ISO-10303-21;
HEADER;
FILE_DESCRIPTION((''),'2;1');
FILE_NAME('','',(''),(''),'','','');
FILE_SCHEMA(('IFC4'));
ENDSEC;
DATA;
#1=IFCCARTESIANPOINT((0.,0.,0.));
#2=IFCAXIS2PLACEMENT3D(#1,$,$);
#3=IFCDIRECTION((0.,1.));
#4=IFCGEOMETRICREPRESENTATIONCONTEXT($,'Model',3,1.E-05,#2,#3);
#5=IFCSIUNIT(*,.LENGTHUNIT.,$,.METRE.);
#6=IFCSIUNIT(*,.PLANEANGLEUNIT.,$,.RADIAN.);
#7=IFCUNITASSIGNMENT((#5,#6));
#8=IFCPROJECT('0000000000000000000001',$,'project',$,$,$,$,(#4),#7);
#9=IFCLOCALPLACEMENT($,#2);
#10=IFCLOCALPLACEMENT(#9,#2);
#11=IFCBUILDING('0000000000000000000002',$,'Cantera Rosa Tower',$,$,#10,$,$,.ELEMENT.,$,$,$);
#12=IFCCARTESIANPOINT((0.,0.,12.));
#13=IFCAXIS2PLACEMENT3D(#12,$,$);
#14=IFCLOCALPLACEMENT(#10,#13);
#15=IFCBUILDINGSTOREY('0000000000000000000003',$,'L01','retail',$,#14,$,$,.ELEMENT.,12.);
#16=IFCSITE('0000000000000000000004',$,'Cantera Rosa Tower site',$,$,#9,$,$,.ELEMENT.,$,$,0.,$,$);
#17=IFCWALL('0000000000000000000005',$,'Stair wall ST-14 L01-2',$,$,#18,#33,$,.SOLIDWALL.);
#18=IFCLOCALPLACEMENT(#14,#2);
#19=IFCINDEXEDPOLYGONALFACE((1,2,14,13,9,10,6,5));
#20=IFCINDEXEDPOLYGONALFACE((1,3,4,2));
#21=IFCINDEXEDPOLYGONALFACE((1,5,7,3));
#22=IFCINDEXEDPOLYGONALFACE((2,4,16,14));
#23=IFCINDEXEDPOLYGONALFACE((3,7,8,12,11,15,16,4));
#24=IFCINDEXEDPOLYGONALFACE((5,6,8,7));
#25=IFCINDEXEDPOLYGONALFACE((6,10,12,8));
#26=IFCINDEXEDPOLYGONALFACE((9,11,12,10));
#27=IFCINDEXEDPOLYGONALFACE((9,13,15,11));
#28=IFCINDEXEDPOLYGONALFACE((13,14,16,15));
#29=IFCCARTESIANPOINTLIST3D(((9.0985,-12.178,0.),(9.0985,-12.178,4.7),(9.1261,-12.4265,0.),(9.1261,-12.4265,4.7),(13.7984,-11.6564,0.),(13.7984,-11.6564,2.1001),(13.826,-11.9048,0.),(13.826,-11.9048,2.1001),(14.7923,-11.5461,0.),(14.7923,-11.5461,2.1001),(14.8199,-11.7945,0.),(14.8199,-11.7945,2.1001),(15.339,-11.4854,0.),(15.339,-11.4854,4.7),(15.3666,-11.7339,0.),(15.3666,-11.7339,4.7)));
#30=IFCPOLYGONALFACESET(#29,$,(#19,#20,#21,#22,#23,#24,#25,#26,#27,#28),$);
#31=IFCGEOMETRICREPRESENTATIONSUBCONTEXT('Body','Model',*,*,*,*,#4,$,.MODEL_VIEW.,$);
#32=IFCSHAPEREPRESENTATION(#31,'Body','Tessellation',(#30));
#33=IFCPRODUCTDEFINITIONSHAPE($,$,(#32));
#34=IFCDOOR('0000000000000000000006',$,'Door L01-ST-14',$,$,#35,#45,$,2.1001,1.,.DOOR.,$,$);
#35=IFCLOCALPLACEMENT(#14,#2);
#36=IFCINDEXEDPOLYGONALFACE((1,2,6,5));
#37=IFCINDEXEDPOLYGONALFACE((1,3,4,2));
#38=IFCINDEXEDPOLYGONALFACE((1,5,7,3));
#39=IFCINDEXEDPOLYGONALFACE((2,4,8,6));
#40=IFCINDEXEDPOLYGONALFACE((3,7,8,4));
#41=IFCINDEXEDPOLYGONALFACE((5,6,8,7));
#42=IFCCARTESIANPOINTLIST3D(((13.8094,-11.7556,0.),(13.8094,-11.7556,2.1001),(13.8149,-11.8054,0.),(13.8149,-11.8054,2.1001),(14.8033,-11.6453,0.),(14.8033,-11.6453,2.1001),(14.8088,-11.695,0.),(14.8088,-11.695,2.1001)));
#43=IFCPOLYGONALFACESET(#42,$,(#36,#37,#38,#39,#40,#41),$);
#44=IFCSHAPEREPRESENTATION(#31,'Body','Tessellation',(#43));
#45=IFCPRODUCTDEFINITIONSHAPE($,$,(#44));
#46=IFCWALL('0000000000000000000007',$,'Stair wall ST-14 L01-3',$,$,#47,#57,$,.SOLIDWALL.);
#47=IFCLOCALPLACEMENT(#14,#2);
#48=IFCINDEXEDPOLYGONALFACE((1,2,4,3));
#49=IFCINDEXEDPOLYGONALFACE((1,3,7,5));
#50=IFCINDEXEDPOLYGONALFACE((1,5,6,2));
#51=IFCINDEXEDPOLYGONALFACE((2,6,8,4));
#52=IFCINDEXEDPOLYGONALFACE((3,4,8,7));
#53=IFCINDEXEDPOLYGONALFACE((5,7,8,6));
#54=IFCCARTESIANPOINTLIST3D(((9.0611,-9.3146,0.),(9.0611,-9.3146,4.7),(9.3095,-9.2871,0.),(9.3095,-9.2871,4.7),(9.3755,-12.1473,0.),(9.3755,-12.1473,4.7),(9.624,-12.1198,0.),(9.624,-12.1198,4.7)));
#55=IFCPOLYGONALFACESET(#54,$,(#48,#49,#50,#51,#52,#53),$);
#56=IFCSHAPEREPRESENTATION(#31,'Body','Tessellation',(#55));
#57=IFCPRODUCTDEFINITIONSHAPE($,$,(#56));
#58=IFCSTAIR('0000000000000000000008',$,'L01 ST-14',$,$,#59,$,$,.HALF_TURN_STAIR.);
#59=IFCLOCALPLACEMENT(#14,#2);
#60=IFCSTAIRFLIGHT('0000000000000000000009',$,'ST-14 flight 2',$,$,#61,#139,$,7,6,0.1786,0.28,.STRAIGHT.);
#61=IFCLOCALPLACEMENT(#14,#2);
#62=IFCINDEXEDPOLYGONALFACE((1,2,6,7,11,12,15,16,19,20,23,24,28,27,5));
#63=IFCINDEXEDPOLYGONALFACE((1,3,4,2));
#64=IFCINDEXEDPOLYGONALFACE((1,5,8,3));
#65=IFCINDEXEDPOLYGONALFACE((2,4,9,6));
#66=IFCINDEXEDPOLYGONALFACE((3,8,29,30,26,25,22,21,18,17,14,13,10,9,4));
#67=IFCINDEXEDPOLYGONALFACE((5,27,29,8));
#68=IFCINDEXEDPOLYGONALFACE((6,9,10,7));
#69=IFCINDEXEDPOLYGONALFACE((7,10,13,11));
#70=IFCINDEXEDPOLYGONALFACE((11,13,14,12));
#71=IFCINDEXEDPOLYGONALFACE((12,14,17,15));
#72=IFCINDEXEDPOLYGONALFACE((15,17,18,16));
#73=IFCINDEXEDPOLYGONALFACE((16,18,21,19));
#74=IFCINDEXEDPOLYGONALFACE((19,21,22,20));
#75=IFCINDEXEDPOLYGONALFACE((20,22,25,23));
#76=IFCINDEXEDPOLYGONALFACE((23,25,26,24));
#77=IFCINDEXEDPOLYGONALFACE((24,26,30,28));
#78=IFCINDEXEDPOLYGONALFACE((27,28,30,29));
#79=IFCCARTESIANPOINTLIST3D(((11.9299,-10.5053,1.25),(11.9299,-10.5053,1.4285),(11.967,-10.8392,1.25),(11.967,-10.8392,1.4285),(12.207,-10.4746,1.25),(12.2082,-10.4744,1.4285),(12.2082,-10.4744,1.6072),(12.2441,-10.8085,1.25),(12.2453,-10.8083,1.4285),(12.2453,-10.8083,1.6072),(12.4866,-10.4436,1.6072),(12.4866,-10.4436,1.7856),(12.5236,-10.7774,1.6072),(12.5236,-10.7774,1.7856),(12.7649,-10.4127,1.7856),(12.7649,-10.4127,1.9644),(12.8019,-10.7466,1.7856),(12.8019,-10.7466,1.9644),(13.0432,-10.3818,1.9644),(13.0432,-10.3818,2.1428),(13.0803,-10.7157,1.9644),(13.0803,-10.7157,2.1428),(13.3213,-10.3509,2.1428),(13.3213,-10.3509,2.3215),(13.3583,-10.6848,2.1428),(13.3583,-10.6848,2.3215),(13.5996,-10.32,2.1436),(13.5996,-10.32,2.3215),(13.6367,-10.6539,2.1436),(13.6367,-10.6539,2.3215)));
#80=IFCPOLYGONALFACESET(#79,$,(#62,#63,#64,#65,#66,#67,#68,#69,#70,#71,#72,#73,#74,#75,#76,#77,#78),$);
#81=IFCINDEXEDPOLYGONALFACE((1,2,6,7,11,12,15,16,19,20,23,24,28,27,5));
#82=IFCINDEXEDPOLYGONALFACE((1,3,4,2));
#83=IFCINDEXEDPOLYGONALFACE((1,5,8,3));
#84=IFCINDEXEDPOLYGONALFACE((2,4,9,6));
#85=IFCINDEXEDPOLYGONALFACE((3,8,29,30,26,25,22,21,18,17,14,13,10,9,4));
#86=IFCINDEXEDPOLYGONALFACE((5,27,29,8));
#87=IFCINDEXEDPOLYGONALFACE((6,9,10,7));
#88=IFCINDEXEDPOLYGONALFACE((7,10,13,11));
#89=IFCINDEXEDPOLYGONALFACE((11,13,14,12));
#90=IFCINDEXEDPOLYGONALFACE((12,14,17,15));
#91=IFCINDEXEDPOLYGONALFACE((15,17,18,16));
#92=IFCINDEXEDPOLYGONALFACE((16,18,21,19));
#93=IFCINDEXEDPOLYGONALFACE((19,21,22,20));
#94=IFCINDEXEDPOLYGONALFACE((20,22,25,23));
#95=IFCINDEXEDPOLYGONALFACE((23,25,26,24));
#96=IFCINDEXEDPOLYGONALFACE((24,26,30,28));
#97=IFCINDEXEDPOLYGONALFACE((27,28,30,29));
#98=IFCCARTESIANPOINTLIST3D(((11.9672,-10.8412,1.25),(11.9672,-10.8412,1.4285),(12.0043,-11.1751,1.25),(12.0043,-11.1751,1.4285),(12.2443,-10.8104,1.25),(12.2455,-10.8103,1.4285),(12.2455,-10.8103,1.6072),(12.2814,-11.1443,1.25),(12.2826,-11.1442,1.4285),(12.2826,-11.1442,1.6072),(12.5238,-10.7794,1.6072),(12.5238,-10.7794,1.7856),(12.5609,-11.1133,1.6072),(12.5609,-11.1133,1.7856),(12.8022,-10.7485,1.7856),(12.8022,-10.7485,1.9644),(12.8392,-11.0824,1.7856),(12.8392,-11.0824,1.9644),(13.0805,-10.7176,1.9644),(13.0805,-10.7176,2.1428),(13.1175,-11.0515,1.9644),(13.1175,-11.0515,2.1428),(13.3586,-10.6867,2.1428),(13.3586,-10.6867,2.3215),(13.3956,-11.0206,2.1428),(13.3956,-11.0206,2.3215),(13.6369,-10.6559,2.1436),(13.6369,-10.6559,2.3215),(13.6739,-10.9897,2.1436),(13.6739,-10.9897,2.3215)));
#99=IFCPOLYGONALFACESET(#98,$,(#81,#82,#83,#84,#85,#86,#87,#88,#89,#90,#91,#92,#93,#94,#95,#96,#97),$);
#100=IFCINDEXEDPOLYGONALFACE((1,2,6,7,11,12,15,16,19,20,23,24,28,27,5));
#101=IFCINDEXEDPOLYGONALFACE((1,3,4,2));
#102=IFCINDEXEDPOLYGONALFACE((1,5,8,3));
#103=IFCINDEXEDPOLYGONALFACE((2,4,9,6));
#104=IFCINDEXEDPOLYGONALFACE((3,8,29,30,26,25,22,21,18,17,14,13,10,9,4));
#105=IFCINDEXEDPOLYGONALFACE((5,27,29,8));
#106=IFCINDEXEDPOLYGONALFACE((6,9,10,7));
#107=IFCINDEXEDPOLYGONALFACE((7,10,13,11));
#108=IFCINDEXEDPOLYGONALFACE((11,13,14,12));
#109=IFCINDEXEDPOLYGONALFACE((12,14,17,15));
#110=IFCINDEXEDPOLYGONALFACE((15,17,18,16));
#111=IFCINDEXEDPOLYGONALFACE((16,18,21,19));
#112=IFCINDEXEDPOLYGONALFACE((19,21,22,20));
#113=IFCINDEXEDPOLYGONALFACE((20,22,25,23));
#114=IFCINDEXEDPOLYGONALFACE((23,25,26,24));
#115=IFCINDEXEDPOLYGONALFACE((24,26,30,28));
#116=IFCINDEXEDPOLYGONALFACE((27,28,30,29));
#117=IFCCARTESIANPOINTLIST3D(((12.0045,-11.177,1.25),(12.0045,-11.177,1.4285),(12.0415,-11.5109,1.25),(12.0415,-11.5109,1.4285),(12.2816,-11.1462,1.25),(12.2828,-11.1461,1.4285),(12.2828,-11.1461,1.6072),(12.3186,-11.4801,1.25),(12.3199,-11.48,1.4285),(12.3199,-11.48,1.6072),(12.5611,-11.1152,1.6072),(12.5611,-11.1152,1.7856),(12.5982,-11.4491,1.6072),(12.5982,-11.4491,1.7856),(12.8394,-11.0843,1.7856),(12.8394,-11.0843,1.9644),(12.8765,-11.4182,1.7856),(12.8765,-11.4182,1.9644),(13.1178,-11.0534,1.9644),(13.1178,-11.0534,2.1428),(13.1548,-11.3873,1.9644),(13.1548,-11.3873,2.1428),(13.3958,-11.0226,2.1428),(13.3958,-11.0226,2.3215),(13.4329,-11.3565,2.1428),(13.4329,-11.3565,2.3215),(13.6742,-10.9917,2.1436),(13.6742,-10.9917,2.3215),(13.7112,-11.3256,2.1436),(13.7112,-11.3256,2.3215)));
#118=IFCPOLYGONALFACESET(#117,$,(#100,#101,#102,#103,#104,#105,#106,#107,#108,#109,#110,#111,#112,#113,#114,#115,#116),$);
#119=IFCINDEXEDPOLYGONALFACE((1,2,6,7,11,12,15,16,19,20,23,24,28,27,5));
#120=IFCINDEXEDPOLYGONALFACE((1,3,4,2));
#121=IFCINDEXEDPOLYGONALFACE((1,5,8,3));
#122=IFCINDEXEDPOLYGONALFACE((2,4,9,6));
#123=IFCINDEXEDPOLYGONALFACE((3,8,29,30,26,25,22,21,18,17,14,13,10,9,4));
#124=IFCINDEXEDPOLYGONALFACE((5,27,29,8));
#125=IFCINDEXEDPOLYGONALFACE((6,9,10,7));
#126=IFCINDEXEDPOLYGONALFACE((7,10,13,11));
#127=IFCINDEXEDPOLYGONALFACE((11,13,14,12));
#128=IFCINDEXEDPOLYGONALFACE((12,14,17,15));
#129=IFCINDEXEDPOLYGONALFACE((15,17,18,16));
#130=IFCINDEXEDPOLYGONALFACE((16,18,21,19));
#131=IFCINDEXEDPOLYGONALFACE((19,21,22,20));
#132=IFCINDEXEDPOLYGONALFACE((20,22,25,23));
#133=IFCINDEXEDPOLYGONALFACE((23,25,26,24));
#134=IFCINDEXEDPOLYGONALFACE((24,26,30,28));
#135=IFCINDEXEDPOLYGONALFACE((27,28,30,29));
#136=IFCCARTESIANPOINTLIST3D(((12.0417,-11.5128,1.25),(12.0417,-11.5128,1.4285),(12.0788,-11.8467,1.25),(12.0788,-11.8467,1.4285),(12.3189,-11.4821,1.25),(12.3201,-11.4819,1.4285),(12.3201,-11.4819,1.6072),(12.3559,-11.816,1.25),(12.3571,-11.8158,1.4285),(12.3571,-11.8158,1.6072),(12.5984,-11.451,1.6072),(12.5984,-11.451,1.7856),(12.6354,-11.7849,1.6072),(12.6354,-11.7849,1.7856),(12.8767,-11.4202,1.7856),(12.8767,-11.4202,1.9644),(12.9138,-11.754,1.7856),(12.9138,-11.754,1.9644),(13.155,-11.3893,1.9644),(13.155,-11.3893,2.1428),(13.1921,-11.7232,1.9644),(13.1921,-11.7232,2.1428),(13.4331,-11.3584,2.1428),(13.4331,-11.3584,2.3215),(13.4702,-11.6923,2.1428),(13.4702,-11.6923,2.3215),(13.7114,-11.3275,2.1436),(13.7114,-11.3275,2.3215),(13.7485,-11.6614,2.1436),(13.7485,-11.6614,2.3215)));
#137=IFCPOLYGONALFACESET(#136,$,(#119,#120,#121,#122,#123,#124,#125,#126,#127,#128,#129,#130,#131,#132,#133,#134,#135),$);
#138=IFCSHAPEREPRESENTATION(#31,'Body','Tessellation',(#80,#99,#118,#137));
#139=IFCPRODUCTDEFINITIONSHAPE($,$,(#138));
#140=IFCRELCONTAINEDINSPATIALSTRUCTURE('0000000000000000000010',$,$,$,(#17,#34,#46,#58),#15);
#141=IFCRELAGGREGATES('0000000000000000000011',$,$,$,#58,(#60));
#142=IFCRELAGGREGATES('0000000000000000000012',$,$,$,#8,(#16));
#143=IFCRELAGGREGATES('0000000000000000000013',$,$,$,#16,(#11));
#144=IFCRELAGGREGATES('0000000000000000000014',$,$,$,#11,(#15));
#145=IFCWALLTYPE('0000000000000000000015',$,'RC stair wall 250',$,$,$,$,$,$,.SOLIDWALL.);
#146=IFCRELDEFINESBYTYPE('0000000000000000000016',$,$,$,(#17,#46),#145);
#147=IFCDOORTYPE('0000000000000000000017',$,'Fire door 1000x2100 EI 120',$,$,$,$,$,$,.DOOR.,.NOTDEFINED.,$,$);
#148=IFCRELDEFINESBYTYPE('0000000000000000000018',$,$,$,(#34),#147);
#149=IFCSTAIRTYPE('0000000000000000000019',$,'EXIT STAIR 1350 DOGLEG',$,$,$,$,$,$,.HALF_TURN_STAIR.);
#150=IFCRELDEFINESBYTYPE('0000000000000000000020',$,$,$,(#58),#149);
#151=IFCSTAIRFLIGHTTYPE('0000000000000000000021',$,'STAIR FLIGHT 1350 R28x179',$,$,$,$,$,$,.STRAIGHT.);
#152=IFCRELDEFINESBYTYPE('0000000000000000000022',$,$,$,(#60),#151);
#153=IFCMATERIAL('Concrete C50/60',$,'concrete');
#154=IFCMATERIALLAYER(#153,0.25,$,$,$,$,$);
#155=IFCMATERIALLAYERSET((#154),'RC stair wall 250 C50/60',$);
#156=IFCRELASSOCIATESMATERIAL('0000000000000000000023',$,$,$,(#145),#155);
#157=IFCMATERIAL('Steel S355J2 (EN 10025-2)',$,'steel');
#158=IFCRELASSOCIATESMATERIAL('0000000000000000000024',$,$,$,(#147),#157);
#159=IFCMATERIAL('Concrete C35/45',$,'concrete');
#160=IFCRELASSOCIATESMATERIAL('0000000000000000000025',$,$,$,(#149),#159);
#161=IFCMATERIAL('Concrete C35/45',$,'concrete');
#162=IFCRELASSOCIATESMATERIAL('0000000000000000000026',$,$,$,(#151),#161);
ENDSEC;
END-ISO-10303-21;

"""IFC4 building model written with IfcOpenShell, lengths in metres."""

from ifc_helpers import new_model, si_unit, direction, frame, frame_2d, origin, place, context, subcontext, project, spatial, polyline, rectangle, outline, extrude, material, layer, layer_set, type_object, element, fill, aggregate, save


model = new_model("IFC4")

# Units and contexts
model_context = context("Model", 3, precision=1e-05, world=origin(), true_north=direction((0.0, 1.0)))
body_context = subcontext(model_context, "Body", "Model", "MODEL_VIEW")
ifc_project = project(units=[si_unit("LENGTHUNIT", "METRE"), si_unit("PLANEANGLEUNIT", "RADIAN")], contexts=[model_context])

# Site, building, storey
site_placement = place(None, origin())
site = spatial("IfcSite", under=ifc_project, at=site_placement, Name="Cantera Rosa Tower site", CompositionType="ELEMENT", RefElevation=0.0)
building_placement = place(site_placement, origin())
building = spatial("IfcBuilding", under=site, at=building_placement, Name="Cantera Rosa Tower", CompositionType="ELEMENT")
storey_placement = place(building_placement, frame((0.0, 0.0, 12.0)))
storey = spatial("IfcBuildingStorey", under=building, at=storey_placement, Name="L01", Description="retail", CompositionType="ELEMENT", Elevation=12.0)

# Wall, opening, door
ifc_material_1 = material(Name="Concrete C50/60", Category="concrete")
ifc_layer_1 = layer(ifc_material_1, 0.25)
ifc_layer_set_1 = layer_set([ifc_layer_1], Name="RC stair wall 250 C50/60")
wall_type_1 = type_object("IfcWallType", Name="RC stair wall 250", PredefinedType="SOLIDWALL", material=ifc_layer_set_1)
wall_1_placement = place(storey_placement, frame((15.3528, -11.6096, 0.0), z_axis=(0.0, 0.0, 1.0), x_axis=(-0.993897, -0.110312, 0.0)))
wall_1 = element("IfcWall", 1, at=wall_1_placement, inside=storey, type_object=wall_type_1, Name="Stair wall ST-14 L01-2", PredefinedType="SOLIDWALL", context=body_context, shape_type="SweptSolid", body=[
    extrude(rectangle(XDim=6.2788, YDim=0.25, at=frame_2d((3.1394, 0.0))), origin(), (0.0, 0.0, 1.0), 4.7),
])
opening_1_placement = place(wall_1_placement, frame((0.55, 0.0, 0.0)))
opening_1 = element("IfcOpeningElement", 2, at=opening_1_placement, cuts=wall_1, PredefinedType="OPENING", context=body_context, shape_type="SweptSolid", body=[
    extrude(rectangle(XDim=1.0, YDim=2.1001, at=frame_2d((0.5, 1.05))), frame((0.0, 0.135, 0.0), z_axis=(0.0, -1.0, 0.0), x_axis=(1.0, 0.0, 0.0)), (0.0, 0.0, 1.0), 0.27),
])
ifc_material_2 = material(Name="Steel S355J2 (EN 10025-2)", Category="steel")
door_type_1 = type_object("IfcDoorType", Name="Fire door 1000x2100 EI 120", OperationType="NOTDEFINED", PredefinedType="DOOR", material=ifc_material_2)
door_1_placement = place(opening_1_placement, origin())
door_1 = element("IfcDoor", 3, at=door_1_placement, inside=storey, type_object=door_type_1, Name="Door L01-ST-14", OverallHeight=2.1001, OverallWidth=1.0, PredefinedType="DOOR", context=body_context, shape_type="SweptSolid", body=[
    extrude(rectangle(XDim=1.0, YDim=2.1001, at=frame_2d((0.5, 1.05))), frame((0.0, 0.0249, 0.0), z_axis=(0.0, -1.0, 0.0), x_axis=(1.0, 0.0, 0.0)), (0.0, 0.0, 1.0), 0.05),
])
fill(opening_1, door_1)

# Wall
wall_2_placement = place(storey_placement, frame((9.4998, -12.1335, 0.0), z_axis=(0.0, 0.0, 1.0), x_axis=(-0.110328, 0.993895, 0.0)))
element("IfcWall", 4, at=wall_2_placement, inside=storey, type_object=wall_type_1, Name="Stair wall ST-14 L01-3", PredefinedType="SOLIDWALL", context=body_context, shape_type="SweptSolid", body=[
    extrude(rectangle(XDim=2.8501, YDim=0.25, at=frame_2d((1.425, 0.0))), origin(), (0.0, 0.0, 1.0), 4.7),
])

# Stair, stair flight
ifc_material_3 = material(Name="Concrete C35/45", Category="concrete")
stair_type = type_object("IfcStairType", Name="EXIT STAIR 1350 DOGLEG", PredefinedType="HALF_TURN_STAIR", material=ifc_material_3)
stair_placement = place(storey_placement, origin())
stair = element("IfcStair", 5, at=stair_placement, inside=storey, type_object=stair_type, Name="L01 ST-14", PredefinedType="HALF_TURN_STAIR")
ifc_material_4 = material(Name="Concrete C35/45", Category="concrete")
stair_flight_type = type_object("IfcStairFlightType", Name="STAIR FLIGHT 1350 R28x179", PredefinedType="STRAIGHT", material=ifc_material_4)
stair_flight_1_placement = place(storey_placement, frame((12.0044, -11.1763, 1.25), z_axis=(0.0, 0.0, 1.0), x_axis=(0.993897, 0.110313, 0.0)))
stair_flight_1 = element("IfcStairFlight", 6, at=stair_flight_1_placement, type_object=stair_flight_type, Name="ST-14 flight 2", NumberOfRisers=7, NumberOfTreads=6, PredefinedType="STRAIGHT", RiserHeight=0.1786, TreadLength=0.28, context=body_context, shape_type="SweptSolid", body=[
    extrude(outline(polyline([(0.0, 0.0), (0.0, 0.1785), (0.28, 0.1785), (0.28, 0.3572), (0.5601, 0.3572), (0.5601, 0.5356), (0.8401, 0.5356), (0.8401, 0.7144), (1.1201, 0.7144), (1.1201, 0.8928), (1.3999, 0.8928), (1.3999, 1.0715), (1.6799, 1.0715), (1.6799, 1.25), (1.6799, 0.8936), (0.2788, 0.0), (0.0, 0.0)])), frame((0.0, 0.675, 0.0), z_axis=(0.0, -1.0, 0.0), x_axis=(1.0, 0.0, 0.0)), (0.0, 0.0, 1.0), 0.3359),
    extrude(outline(polyline([(0.0, 0.0), (0.0, 0.1785), (0.28, 0.1785), (0.28, 0.3572), (0.5601, 0.3572), (0.5601, 0.5356), (0.8401, 0.5356), (0.8401, 0.7144), (1.1201, 0.7144), (1.1201, 0.8928), (1.3999, 0.8928), (1.3999, 1.0715), (1.6799, 1.0715), (1.6799, 1.25), (1.6799, 0.8936), (0.2788, 0.0), (0.0, 0.0)])), frame((0.0, 0.3372, 0.0), z_axis=(0.0, -1.0, 0.0), x_axis=(1.0, 0.0, 0.0)), (0.0, 0.0, 1.0), 0.3359),
    extrude(outline(polyline([(0.0, 0.0), (0.0, 0.1785), (0.28, 0.1785), (0.28, 0.3572), (0.5601, 0.3572), (0.5601, 0.5356), (0.8401, 0.5356), (0.8401, 0.7144), (1.1201, 0.7144), (1.1201, 0.8928), (1.3999, 0.8928), (1.3999, 1.0715), (1.6799, 1.0715), (1.6799, 1.25), (1.6799, 0.8936), (0.2788, 0.0), (0.0, 0.0)])), frame((0.0, -0.0007, 0.0), z_axis=(0.0, -1.0, 0.0), x_axis=(1.0, 0.0, 0.0)), (0.0, 0.0, 1.0), 0.3359),
    extrude(outline(polyline([(0.0, 0.0), (0.0, 0.1785), (0.28, 0.1785), (0.28, 0.3572), (0.5601, 0.3572), (0.5601, 0.5356), (0.8401, 0.5356), (0.8401, 0.7144), (1.1201, 0.7144), (1.1201, 0.8928), (1.3999, 0.8928), (1.3999, 1.0715), (1.6799, 1.0715), (1.6799, 1.25), (1.6799, 0.8936), (0.2788, 0.0), (0.0, 0.0)])), frame((0.0, -0.3386, 0.0), z_axis=(0.0, -1.0, 0.0), x_axis=(1.0, 0.0, 0.0)), (0.0, 0.0, 1.0), 0.3359),
])
aggregate(stair, [stair_flight_1])

save(model, "model.ifc")
